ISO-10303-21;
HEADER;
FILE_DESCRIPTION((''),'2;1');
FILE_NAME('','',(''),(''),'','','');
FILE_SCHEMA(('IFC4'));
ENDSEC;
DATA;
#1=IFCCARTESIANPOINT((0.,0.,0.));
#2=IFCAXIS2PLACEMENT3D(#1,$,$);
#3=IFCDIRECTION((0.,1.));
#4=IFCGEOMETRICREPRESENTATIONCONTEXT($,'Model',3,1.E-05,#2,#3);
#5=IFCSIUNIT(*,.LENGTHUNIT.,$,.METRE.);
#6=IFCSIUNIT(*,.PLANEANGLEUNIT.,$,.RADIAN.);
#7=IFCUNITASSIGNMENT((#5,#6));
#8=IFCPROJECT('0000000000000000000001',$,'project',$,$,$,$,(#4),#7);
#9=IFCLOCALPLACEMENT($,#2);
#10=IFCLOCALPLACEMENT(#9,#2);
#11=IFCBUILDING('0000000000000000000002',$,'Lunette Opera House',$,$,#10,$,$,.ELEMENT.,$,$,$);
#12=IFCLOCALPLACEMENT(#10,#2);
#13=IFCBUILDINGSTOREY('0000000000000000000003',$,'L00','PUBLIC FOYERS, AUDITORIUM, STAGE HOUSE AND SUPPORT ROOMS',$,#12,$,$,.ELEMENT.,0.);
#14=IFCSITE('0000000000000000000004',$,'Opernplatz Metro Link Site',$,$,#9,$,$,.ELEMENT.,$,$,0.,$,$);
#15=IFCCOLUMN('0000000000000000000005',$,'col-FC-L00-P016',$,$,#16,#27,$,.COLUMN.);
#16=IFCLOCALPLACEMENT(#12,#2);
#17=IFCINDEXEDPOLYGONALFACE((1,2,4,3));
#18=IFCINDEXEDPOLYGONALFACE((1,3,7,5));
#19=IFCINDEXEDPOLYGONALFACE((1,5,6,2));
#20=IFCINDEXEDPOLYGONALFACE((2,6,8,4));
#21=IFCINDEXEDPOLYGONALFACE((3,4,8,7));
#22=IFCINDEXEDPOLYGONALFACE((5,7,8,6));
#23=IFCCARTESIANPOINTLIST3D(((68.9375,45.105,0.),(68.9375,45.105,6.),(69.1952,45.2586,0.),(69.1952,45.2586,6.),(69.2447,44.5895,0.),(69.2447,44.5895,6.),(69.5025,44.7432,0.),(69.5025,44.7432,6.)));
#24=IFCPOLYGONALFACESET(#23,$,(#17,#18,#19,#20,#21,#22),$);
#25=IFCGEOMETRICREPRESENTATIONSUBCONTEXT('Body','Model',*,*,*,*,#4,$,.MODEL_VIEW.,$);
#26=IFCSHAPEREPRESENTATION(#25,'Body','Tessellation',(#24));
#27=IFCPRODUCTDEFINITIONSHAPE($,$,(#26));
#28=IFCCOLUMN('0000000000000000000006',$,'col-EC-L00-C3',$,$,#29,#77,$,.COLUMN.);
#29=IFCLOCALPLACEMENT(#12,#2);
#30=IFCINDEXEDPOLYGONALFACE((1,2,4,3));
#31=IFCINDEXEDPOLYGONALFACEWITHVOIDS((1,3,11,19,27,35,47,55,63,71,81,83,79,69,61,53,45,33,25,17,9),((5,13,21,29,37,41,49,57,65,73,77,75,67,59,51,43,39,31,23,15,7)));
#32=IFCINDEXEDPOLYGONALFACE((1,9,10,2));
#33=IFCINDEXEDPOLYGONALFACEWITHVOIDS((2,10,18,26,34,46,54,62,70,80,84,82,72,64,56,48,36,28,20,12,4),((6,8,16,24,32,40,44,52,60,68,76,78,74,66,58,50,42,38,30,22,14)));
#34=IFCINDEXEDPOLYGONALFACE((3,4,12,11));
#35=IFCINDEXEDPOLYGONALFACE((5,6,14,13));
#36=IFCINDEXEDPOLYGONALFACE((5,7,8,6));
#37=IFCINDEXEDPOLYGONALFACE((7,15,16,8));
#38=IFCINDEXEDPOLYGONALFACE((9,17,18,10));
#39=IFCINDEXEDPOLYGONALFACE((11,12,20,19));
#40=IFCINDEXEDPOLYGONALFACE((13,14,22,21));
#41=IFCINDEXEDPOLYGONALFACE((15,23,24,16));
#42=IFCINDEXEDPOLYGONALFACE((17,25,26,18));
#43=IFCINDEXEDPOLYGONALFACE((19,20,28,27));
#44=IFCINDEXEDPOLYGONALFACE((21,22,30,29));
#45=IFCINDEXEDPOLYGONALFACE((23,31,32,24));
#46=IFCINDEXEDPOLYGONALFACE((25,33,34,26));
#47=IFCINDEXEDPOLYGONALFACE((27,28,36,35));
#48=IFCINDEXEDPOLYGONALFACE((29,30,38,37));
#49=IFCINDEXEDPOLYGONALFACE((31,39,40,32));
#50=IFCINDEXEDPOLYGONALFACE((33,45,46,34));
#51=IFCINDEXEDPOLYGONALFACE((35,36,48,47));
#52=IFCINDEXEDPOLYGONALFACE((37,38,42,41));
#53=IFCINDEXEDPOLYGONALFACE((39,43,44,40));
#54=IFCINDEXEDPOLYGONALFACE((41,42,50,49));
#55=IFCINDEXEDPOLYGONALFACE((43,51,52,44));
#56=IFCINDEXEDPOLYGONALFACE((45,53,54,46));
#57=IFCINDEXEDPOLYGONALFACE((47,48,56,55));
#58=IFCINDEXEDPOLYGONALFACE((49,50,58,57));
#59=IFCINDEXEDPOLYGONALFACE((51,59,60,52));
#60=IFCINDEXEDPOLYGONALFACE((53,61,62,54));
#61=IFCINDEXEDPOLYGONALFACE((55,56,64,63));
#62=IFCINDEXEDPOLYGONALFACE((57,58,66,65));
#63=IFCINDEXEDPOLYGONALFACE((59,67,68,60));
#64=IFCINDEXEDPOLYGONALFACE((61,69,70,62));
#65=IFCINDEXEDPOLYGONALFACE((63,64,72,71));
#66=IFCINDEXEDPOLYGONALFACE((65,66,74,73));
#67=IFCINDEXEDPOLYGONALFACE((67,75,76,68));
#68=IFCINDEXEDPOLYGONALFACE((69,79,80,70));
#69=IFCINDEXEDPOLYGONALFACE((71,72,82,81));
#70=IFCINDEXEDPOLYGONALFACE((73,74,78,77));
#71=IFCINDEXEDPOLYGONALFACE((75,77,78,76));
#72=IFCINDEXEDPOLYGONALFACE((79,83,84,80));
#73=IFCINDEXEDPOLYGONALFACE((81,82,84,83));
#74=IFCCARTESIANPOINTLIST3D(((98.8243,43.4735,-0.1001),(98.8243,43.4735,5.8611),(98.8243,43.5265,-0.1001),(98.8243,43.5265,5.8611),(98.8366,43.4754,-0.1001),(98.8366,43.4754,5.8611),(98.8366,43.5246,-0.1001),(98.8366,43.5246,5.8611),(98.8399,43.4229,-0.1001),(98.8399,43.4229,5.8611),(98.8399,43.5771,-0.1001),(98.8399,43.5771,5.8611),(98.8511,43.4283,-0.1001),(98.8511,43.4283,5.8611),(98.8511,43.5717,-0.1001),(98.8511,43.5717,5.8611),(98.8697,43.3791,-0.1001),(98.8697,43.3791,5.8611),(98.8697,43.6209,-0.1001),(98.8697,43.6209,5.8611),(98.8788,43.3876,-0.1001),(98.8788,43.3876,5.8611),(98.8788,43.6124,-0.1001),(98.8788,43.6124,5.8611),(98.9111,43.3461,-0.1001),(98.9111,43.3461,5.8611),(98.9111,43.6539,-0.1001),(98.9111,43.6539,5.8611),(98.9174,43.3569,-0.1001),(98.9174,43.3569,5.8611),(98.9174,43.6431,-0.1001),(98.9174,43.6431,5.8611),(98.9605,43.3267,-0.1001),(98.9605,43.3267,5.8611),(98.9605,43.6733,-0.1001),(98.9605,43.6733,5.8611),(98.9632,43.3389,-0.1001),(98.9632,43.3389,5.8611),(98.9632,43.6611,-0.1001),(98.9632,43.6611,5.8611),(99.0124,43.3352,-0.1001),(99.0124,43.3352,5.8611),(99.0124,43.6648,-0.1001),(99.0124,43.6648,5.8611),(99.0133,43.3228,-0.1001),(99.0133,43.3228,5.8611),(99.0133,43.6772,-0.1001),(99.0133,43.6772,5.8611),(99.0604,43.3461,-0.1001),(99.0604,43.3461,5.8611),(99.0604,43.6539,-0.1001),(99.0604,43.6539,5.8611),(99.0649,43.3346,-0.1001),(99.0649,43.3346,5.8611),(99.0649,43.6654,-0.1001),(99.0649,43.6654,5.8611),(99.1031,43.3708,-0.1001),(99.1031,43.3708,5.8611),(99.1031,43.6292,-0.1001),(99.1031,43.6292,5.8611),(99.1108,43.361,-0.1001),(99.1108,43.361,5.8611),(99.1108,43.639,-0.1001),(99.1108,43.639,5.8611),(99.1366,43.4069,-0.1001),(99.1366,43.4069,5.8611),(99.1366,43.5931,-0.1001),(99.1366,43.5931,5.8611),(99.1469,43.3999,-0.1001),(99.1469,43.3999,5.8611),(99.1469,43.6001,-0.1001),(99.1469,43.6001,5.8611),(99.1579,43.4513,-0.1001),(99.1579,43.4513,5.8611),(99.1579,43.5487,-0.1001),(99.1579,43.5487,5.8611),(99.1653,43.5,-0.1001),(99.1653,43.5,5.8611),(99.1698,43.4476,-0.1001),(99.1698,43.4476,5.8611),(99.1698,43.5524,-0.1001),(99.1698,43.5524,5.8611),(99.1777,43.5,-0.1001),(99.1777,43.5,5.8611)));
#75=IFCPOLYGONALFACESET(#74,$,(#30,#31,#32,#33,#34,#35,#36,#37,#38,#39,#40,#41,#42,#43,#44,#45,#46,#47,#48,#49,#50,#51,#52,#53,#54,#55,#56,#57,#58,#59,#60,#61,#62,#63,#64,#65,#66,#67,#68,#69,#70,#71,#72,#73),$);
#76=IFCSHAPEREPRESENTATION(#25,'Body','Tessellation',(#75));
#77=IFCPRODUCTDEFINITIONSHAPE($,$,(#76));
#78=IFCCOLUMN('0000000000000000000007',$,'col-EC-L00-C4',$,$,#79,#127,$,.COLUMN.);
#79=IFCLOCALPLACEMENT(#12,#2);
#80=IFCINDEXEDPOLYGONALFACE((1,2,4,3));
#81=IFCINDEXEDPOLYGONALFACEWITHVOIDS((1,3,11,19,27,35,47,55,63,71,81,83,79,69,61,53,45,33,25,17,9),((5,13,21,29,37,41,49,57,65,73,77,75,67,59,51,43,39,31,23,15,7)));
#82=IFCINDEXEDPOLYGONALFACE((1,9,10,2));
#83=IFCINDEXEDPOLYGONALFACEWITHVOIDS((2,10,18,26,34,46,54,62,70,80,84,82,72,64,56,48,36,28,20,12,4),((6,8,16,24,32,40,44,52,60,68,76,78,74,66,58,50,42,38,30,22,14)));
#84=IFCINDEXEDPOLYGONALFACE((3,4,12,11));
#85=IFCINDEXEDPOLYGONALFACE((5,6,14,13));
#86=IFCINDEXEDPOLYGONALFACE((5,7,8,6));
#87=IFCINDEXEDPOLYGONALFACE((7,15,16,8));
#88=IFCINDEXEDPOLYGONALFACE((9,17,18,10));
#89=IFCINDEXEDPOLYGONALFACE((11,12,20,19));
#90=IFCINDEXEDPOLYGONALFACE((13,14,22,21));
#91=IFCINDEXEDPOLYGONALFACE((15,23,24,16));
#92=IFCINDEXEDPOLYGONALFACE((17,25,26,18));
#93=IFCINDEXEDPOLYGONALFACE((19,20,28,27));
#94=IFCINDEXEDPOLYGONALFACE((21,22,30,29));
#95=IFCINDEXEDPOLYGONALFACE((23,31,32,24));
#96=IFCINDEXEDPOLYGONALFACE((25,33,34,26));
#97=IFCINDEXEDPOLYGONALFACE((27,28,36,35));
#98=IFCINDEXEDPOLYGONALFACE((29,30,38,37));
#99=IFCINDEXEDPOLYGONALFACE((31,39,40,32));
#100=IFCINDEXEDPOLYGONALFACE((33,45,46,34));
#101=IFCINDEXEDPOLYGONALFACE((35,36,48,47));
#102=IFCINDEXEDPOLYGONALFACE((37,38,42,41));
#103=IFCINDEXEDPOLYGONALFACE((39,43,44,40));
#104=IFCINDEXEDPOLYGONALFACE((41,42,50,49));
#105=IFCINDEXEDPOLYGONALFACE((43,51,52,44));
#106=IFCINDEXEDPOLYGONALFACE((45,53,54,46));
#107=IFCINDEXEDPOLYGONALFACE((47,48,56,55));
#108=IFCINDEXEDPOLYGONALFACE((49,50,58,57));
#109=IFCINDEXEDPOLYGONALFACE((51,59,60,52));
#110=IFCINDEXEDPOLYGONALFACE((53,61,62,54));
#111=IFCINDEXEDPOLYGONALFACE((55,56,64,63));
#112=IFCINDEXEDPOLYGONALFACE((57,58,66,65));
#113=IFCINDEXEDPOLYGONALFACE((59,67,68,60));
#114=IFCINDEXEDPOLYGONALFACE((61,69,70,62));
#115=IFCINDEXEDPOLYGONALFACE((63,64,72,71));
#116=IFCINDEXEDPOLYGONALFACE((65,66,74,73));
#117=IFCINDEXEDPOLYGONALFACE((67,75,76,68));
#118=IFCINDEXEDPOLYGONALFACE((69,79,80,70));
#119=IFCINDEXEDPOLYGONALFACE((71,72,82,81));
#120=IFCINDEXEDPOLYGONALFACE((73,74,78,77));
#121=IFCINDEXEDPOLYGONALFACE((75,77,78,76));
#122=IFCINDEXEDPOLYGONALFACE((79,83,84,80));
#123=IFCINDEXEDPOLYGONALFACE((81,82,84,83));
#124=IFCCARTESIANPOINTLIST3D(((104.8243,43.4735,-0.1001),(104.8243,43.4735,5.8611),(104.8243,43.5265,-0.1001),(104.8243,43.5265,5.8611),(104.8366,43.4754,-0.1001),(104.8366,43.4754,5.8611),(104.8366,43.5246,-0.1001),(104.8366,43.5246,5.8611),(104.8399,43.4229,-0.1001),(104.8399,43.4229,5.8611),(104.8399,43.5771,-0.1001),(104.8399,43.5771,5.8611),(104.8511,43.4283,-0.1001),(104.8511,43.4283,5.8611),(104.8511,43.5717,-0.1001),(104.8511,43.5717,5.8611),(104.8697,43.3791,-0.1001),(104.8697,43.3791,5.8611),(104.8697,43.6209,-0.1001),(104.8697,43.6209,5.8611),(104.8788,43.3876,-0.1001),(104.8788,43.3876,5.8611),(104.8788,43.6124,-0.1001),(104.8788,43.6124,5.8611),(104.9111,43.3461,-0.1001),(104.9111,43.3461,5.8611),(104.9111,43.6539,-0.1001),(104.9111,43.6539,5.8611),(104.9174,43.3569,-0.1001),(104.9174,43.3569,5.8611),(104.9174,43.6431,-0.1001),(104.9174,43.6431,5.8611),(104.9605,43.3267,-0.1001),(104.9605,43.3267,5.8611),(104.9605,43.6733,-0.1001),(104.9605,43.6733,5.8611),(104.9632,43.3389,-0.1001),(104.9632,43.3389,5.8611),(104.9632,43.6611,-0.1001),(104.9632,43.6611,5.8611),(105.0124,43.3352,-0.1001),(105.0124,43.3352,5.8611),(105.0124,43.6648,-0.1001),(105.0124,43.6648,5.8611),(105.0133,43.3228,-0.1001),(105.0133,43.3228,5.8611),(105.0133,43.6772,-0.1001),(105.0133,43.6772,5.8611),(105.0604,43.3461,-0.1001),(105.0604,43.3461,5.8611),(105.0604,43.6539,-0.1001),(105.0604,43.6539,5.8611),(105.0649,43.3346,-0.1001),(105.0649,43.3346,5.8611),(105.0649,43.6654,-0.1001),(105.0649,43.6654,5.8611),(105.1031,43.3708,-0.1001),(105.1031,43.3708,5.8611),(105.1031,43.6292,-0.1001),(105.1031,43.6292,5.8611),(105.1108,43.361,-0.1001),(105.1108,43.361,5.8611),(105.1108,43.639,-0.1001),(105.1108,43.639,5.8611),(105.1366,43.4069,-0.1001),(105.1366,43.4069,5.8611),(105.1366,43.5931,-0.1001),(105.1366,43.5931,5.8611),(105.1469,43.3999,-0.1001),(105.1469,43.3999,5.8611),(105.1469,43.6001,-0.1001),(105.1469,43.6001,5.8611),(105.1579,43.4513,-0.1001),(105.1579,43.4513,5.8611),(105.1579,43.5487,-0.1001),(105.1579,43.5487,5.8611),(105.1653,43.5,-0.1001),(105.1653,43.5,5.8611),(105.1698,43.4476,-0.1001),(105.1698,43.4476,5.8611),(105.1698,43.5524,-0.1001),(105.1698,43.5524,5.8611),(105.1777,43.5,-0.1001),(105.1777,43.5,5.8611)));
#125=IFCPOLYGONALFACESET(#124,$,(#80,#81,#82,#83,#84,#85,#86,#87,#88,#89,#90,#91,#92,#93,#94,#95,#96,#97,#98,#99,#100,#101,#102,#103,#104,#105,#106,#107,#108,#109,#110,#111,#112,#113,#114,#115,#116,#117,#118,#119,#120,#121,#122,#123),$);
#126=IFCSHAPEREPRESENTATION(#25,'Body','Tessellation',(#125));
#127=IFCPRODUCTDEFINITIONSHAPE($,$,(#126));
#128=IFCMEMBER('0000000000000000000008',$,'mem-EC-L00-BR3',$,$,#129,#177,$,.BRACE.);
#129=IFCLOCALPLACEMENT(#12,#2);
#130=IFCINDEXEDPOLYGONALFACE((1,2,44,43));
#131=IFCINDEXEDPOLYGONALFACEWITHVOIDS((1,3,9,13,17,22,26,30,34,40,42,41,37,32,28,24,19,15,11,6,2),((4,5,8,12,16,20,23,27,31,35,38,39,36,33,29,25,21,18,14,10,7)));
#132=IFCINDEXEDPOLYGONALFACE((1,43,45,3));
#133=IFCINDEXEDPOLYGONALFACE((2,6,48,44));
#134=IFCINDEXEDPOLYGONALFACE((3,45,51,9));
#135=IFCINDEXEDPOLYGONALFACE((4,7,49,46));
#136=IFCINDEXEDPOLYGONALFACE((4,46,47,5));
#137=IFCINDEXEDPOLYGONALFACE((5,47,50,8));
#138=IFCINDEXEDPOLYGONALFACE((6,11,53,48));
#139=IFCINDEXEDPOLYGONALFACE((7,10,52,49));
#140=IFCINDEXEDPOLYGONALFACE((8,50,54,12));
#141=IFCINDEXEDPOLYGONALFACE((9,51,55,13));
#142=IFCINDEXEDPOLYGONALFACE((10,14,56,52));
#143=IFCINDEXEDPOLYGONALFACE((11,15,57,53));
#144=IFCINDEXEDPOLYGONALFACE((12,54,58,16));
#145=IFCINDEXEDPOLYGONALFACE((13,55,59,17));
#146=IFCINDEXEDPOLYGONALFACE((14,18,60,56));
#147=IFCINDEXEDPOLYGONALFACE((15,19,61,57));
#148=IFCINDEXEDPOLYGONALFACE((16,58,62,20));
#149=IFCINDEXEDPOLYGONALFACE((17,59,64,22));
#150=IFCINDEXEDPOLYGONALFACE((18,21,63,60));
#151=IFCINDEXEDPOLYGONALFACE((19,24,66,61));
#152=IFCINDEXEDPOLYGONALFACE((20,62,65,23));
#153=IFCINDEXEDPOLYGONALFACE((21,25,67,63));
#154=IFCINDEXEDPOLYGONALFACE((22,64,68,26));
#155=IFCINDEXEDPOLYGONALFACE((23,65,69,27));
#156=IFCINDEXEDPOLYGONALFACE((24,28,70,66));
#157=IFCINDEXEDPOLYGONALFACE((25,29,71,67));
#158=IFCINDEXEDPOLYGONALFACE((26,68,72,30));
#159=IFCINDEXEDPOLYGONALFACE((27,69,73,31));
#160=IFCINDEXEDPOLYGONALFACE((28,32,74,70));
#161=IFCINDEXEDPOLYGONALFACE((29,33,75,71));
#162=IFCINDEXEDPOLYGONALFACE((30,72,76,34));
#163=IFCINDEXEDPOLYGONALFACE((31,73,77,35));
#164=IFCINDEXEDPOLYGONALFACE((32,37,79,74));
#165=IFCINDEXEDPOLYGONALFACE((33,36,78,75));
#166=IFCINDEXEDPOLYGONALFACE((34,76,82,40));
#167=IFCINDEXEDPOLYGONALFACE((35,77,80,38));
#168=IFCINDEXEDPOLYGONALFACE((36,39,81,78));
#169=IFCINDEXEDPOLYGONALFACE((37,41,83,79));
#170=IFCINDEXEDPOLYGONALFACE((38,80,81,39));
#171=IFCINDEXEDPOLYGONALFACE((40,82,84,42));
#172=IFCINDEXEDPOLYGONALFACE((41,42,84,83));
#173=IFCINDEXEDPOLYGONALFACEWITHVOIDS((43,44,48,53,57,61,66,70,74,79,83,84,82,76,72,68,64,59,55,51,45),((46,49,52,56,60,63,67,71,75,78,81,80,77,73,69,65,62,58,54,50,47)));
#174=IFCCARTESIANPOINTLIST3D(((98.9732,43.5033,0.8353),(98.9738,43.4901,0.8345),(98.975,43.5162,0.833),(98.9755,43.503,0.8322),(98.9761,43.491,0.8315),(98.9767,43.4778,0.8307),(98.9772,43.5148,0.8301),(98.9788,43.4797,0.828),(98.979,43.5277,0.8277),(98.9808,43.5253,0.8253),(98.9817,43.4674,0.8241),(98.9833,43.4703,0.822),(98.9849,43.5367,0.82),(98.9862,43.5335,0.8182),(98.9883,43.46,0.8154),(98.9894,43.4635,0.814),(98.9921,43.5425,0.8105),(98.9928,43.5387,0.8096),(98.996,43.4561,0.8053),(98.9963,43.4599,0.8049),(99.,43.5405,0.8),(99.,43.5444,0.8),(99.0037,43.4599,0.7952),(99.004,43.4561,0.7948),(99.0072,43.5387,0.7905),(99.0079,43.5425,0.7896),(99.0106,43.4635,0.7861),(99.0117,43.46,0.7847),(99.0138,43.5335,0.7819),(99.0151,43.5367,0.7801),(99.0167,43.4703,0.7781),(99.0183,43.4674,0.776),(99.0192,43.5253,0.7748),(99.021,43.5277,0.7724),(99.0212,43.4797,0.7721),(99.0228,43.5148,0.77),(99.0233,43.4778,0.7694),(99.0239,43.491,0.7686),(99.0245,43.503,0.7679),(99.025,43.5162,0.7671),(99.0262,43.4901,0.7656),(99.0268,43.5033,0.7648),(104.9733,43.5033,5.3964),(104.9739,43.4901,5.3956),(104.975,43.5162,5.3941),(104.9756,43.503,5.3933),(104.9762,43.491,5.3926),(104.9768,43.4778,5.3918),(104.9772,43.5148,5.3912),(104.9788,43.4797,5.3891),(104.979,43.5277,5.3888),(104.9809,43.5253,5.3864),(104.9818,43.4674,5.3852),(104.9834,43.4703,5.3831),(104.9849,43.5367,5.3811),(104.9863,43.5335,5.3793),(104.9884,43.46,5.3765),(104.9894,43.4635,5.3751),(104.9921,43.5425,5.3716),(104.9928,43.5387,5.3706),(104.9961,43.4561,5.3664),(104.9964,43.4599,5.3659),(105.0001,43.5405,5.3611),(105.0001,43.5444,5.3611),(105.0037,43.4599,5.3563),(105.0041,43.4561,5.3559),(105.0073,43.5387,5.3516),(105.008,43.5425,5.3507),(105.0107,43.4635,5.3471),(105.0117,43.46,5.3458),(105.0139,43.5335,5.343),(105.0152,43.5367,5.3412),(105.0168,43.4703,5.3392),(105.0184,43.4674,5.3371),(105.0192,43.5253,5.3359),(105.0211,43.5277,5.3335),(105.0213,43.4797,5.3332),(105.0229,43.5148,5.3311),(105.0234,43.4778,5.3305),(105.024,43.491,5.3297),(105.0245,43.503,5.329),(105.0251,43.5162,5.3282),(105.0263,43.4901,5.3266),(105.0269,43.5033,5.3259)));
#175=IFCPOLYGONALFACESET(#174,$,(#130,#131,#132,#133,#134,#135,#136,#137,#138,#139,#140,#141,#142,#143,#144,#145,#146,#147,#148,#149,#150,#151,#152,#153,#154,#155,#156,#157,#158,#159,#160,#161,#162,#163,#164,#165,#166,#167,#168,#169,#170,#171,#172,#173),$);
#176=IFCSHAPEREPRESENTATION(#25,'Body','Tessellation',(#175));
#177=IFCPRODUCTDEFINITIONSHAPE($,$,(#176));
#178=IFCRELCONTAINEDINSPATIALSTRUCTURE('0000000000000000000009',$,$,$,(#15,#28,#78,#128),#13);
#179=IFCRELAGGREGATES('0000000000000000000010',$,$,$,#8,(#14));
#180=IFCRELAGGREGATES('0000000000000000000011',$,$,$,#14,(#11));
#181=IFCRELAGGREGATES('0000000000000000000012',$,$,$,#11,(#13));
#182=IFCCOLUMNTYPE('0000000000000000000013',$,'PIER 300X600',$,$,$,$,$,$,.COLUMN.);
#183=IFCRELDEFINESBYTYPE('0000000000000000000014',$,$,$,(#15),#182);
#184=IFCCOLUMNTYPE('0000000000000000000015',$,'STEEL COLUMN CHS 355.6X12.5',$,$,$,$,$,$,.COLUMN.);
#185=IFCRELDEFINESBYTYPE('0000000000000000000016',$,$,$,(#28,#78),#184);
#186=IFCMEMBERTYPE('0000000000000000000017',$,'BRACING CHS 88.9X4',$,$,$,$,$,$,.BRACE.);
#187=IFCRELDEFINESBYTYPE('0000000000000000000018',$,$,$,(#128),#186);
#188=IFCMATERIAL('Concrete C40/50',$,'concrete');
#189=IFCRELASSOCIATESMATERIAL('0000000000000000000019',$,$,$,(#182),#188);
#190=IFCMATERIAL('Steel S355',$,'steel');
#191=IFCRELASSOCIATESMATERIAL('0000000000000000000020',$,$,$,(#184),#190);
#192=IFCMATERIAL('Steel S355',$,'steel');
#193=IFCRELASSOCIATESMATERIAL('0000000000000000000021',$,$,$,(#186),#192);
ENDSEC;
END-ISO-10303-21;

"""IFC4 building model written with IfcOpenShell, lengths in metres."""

from ifc_helpers import new_model, si_unit, direction, frame, origin, origin_2d, place, context, subcontext, project, spatial, rectangle, hollow_circle, extrude, material, material_profile, profile_set, type_object, element, save


model = new_model("IFC4")

# Units and contexts
model_context = context("Model", 3, precision=1e-05, world=origin(), true_north=direction((0.0, 1.0)))
body_context = subcontext(model_context, "Body", "Model", "MODEL_VIEW")
ifc_project = project(units=[si_unit("LENGTHUNIT", "METRE"), si_unit("PLANEANGLEUNIT", "RADIAN")], contexts=[model_context])

# Site, building, storey
site_placement = place(None, origin())
site = spatial("IfcSite", under=ifc_project, at=site_placement, Name="Opernplatz Metro Link Site", CompositionType="ELEMENT", RefElevation=0.0)
building_placement = place(site_placement, origin())
building = spatial("IfcBuilding", under=site, at=building_placement, Name="Lunette Opera House", CompositionType="ELEMENT")
storey_placement = place(building_placement, origin())
storey = spatial("IfcBuildingStorey", under=building, at=storey_placement, Name="L00", Description="PUBLIC FOYERS, AUDITORIUM, STAGE HOUSE AND SUPPORT ROOMS", CompositionType="ELEMENT", Elevation=0.0)

# Columns
ifc_material_1 = material(Name="Concrete C40/50", Category="concrete")
ifc_material_profile_1 = material_profile(ifc_material_1, rectangle(XDim=0.3, YDim=0.6001, at=origin_2d()), Name="PIER 300X600")
ifc_profile_set_1 = profile_set([ifc_material_profile_1], Name="Concrete C40/50")
column_type_1 = type_object("IfcColumnType", Name="PIER 300X600", PredefinedType="COLUMN", material=ifc_profile_set_1)
column_placement = place(storey_placement, frame((69.22, 44.9241, 0.0), z_axis=(0.0, 0.0, 1.0), x_axis=(0.85896, 0.512043, 0.0)))
element("IfcColumn", 1, at=column_placement, inside=storey, type_object=column_type_1, Name="col-FC-L00-P016", PredefinedType="COLUMN", context=body_context, shape_type="SweptSolid", body=[
    extrude(rectangle(XDim=0.3, YDim=0.6001, at=origin_2d()), origin(), (0.0, 0.0, 1.0), 6.0),
])
ifc_material_2 = material(Name="Steel S355", Category="steel")
ifc_material_profile_2 = material_profile(ifc_material_2, hollow_circle(Radius=0.1777, WallThickness=0.0125, at=origin_2d()), Name="CHS 355.6X12.5")
ifc_profile_set_2 = profile_set([ifc_material_profile_2], Name="Steel S355")
column_type_2 = type_object("IfcColumnType", Name="STEEL COLUMN CHS 355.6X12.5", PredefinedType="COLUMN", material=ifc_profile_set_2)
for number, where, z_axis, x_axis, name in (
    (2, (99.0, 43.5, -0.1001), (0.0, 0.0, 1.0), (1.0, 0.0, 0.0), "col-EC-L00-C3"),
    (3, (105.0, 43.5, -0.1001), (0.0, 0.0, 1.0), (1.0, 0.0, 0.0), "col-EC-L00-C4"),
):
    element("IfcColumn", number, at=place(storey_placement, frame(where, z_axis=z_axis, x_axis=x_axis)), inside=storey, type_object=column_type_2, Name=name, PredefinedType="COLUMN", context=body_context, shape_type="SweptSolid", body=[
        extrude(hollow_circle(Radius=0.1777, WallThickness=0.0125, at=origin_2d()), origin(), (0.0, 0.0, 1.0), 5.9612),
    ])

# Member
ifc_material_3 = material(Name="Steel S355", Category="steel")
ifc_material_profile_3 = material_profile(ifc_material_3, hollow_circle(Radius=0.0444, WallThickness=0.0039, at=origin_2d()), Name="CHS 88.9X4")
ifc_profile_set_3 = profile_set([ifc_material_profile_3], Name="Steel S355")
member_type_1 = type_object("IfcMemberType", Name="BRACING CHS 88.9X4", PredefinedType="BRACE", material=ifc_profile_set_3)
member_1_placement = place(storey_placement, frame((99.0, 43.5, 0.8), z_axis=(0.796096, 0.0, 0.60517), x_axis=(0.0, 1.0, 0.0)))
element("IfcMember", 4, at=member_1_placement, inside=storey, type_object=member_type_1, Name="mem-EC-L00-BR3", PredefinedType="BRACE", context=body_context, shape_type="SweptSolid", body=[
    extrude(hollow_circle(Radius=0.0444, WallThickness=0.0039, at=origin_2d()), origin(), (0.0, 0.0, 1.0), 7.5369),
])

save(model, "model.ifc")
